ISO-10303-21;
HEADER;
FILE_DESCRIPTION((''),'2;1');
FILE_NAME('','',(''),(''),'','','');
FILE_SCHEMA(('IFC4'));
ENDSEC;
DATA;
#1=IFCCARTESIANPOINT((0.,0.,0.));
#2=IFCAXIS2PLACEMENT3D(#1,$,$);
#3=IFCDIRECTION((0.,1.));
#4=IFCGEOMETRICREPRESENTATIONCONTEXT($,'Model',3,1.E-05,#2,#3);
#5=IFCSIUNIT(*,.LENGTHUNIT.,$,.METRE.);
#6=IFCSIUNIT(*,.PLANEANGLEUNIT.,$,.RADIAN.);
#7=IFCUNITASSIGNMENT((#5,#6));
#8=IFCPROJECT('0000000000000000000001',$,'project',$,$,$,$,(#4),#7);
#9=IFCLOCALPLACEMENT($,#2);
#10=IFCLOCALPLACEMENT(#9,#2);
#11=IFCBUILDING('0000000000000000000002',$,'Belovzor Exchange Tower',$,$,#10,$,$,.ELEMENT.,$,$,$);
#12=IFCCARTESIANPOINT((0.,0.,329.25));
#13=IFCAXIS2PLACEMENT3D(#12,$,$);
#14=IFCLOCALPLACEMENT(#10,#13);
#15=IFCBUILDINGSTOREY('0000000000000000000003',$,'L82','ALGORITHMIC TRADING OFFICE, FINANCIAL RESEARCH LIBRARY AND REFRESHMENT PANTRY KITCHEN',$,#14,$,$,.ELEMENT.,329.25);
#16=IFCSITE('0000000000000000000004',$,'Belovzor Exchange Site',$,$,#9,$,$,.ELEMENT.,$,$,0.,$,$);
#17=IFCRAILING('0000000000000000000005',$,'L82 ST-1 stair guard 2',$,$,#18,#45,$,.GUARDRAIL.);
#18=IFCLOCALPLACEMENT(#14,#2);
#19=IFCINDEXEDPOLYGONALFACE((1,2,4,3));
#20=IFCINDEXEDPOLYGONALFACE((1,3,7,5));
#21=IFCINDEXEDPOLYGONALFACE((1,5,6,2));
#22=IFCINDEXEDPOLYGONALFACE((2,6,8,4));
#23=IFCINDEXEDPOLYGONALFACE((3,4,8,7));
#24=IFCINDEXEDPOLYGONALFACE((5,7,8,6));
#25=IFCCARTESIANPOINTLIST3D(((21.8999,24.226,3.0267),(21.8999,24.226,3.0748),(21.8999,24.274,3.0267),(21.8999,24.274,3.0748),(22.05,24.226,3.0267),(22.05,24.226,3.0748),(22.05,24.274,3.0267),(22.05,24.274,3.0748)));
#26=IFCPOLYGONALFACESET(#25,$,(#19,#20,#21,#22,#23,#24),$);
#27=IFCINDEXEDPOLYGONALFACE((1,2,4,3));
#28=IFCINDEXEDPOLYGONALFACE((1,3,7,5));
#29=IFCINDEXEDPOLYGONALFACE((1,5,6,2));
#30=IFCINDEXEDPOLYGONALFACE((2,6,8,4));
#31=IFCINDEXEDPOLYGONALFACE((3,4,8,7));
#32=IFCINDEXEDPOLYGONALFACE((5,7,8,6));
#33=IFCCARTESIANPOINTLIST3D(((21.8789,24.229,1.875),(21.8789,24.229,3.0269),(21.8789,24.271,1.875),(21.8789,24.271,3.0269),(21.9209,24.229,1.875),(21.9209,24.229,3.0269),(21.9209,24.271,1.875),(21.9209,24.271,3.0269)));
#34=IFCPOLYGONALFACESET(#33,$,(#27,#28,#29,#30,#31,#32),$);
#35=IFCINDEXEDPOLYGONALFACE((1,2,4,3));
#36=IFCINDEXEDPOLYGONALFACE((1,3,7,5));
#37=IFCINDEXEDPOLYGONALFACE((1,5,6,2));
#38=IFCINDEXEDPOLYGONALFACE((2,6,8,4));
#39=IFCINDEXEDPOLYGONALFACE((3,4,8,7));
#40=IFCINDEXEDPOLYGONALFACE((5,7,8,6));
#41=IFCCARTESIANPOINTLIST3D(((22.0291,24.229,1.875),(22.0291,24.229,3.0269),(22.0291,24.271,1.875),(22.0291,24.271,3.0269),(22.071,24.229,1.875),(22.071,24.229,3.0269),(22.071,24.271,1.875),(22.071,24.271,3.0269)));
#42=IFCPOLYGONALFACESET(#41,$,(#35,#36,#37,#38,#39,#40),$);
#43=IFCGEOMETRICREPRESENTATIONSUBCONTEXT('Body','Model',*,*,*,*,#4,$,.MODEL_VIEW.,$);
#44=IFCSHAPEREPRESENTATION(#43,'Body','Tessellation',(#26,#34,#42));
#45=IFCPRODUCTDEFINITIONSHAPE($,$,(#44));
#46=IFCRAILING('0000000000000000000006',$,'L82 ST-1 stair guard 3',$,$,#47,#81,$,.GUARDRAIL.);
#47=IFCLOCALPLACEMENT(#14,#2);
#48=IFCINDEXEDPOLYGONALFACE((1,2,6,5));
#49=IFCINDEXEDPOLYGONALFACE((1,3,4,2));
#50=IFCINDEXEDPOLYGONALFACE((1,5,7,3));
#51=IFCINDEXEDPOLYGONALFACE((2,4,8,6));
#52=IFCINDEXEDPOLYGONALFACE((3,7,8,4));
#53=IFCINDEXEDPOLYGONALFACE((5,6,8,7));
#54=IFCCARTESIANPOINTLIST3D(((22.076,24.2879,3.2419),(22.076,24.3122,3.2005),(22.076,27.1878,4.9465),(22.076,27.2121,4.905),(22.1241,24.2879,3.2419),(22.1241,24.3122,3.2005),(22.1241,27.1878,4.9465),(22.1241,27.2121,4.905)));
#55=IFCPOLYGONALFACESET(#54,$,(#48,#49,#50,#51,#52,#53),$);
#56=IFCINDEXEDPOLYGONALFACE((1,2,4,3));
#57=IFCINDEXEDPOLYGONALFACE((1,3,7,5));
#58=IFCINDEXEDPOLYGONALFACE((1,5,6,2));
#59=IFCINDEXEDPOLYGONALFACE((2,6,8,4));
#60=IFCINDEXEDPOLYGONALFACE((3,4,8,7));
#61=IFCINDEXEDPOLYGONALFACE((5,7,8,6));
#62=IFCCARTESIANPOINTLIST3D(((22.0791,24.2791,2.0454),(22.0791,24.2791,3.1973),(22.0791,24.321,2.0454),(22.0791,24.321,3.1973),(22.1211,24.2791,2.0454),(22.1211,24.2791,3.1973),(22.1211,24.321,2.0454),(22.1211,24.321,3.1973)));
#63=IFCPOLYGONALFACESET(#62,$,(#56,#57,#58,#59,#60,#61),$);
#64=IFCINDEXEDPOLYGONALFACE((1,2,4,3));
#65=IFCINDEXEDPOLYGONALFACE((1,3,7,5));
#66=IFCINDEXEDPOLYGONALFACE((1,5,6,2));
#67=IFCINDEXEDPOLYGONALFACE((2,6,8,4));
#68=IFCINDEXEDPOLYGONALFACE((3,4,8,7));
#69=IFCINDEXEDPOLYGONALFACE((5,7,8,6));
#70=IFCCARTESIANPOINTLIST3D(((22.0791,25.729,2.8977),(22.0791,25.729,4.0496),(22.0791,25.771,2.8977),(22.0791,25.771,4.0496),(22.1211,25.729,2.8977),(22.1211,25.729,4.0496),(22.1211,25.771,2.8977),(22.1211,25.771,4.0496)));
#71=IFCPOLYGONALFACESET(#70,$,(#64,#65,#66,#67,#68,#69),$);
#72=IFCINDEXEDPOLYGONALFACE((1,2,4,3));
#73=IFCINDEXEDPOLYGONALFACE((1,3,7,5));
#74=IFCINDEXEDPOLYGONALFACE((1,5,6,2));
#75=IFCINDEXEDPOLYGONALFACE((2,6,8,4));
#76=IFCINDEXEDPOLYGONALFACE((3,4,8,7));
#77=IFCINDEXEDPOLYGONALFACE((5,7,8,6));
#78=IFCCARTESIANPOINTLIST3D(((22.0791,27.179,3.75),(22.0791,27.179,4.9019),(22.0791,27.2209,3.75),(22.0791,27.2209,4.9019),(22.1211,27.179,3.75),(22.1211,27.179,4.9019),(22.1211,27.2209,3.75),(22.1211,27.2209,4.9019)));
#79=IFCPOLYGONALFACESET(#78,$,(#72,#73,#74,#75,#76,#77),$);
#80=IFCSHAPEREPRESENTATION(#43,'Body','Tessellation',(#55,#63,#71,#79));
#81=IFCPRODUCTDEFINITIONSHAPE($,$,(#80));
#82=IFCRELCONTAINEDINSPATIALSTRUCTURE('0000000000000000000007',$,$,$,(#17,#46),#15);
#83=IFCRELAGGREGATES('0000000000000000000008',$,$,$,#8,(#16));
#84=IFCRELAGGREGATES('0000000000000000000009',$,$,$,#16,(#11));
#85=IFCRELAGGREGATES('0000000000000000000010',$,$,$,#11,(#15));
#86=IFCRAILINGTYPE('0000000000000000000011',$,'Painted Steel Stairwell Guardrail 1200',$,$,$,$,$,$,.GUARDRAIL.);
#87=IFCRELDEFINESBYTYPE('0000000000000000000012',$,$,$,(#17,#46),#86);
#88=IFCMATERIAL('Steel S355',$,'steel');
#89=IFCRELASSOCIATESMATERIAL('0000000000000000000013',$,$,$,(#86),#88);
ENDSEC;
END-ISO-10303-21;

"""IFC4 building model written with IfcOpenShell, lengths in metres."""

from ifc_helpers import new_model, si_unit, direction, frame, origin, origin_2d, place, context, subcontext, project, spatial, rectangle, extrude, material, type_object, element, save


model = new_model("IFC4")

# Units and contexts
model_context = context("Model", 3, precision=1e-05, world=origin(), true_north=direction((0.0, 1.0)))
body_context = subcontext(model_context, "Body", "Model", "MODEL_VIEW")
ifc_project = project(units=[si_unit("LENGTHUNIT", "METRE"), si_unit("PLANEANGLEUNIT", "RADIAN")], contexts=[model_context])

# Site, building, storey
site_placement = place(None, origin())
site = spatial("IfcSite", under=ifc_project, at=site_placement, Name="Belovzor Exchange Site", CompositionType="ELEMENT", RefElevation=0.0)
building_placement = place(site_placement, origin())
building = spatial("IfcBuilding", under=site, at=building_placement, Name="Belovzor Exchange Tower", CompositionType="ELEMENT")
storey_placement = place(building_placement, frame((0.0, 0.0, 329.25)))
storey = spatial("IfcBuildingStorey", under=building, at=storey_placement, Name="L82", Description="ALGORITHMIC TRADING OFFICE, FINANCIAL RESEARCH LIBRARY AND REFRESHMENT PANTRY KITCHEN", CompositionType="ELEMENT", Elevation=329.25)

# Railings
ifc_material_1 = material(Name="Steel S355", Category="steel")
railing_type_1 = type_object("IfcRailingType", Name="Painted Steel Stairwell Guardrail 1200", PredefinedType="GUARDRAIL", material=ifc_material_1)
railing_1_placement = place(storey_placement, frame((21.8999, 24.25, 1.875)))
element("IfcRailing", 1, at=railing_1_placement, inside=storey, type_object=railing_type_1, Name="L82 ST-1 stair guard 2", PredefinedType="GUARDRAIL", context=body_context, shape_type="SweptSolid", body=[
    extrude(rectangle(XDim=0.0481, YDim=0.0481, at=origin_2d()), frame((0.0, 0.0, 1.1758), z_axis=(1.0, 0.0, 0.0), x_axis=(0.0, 1.0, 0.0)), (0.0, 0.0, 1.0), 0.1501),
    extrude(rectangle(XDim=0.042, YDim=0.042, at=origin_2d()), origin(), (0.0, 0.0, 1.0), 1.1519),
    extrude(rectangle(XDim=0.042, YDim=0.042, at=origin_2d()), frame((0.1501, 0.0, 0.0)), (0.0, 0.0, 1.0), 1.1519),
])
railing_2_placement = place(storey_placement, frame((22.1001, 24.3, 2.0454)))
element("IfcRailing", 2, at=railing_2_placement, inside=storey, type_object=railing_type_1, Name="L82 ST-1 stair guard 3", PredefinedType="GUARDRAIL", context=body_context, shape_type="SweptSolid", body=[
    extrude(rectangle(XDim=0.0481, YDim=0.0481, at=origin_2d()), frame((0.0, 0.0, 1.1758), z_axis=(0.0, 0.862095, 0.506747), x_axis=(-1.0, 0.0, 0.0)), (0.0, 0.0, 1.0), 3.3638),
    extrude(rectangle(XDim=0.042, YDim=0.042, at=origin_2d()), origin(), (0.0, 0.0, 1.0), 1.1519),
    extrude(rectangle(XDim=0.042, YDim=0.042, at=origin_2d()), frame((0.0, 1.45, 0.8523)), (0.0, 0.0, 1.0), 1.1519),
    extrude(rectangle(XDim=0.042, YDim=0.042, at=origin_2d()), frame((0.0, 2.8999, 1.7046)), (0.0, 0.0, 1.0), 1.1519),
])

save(model, "model.ifc")
